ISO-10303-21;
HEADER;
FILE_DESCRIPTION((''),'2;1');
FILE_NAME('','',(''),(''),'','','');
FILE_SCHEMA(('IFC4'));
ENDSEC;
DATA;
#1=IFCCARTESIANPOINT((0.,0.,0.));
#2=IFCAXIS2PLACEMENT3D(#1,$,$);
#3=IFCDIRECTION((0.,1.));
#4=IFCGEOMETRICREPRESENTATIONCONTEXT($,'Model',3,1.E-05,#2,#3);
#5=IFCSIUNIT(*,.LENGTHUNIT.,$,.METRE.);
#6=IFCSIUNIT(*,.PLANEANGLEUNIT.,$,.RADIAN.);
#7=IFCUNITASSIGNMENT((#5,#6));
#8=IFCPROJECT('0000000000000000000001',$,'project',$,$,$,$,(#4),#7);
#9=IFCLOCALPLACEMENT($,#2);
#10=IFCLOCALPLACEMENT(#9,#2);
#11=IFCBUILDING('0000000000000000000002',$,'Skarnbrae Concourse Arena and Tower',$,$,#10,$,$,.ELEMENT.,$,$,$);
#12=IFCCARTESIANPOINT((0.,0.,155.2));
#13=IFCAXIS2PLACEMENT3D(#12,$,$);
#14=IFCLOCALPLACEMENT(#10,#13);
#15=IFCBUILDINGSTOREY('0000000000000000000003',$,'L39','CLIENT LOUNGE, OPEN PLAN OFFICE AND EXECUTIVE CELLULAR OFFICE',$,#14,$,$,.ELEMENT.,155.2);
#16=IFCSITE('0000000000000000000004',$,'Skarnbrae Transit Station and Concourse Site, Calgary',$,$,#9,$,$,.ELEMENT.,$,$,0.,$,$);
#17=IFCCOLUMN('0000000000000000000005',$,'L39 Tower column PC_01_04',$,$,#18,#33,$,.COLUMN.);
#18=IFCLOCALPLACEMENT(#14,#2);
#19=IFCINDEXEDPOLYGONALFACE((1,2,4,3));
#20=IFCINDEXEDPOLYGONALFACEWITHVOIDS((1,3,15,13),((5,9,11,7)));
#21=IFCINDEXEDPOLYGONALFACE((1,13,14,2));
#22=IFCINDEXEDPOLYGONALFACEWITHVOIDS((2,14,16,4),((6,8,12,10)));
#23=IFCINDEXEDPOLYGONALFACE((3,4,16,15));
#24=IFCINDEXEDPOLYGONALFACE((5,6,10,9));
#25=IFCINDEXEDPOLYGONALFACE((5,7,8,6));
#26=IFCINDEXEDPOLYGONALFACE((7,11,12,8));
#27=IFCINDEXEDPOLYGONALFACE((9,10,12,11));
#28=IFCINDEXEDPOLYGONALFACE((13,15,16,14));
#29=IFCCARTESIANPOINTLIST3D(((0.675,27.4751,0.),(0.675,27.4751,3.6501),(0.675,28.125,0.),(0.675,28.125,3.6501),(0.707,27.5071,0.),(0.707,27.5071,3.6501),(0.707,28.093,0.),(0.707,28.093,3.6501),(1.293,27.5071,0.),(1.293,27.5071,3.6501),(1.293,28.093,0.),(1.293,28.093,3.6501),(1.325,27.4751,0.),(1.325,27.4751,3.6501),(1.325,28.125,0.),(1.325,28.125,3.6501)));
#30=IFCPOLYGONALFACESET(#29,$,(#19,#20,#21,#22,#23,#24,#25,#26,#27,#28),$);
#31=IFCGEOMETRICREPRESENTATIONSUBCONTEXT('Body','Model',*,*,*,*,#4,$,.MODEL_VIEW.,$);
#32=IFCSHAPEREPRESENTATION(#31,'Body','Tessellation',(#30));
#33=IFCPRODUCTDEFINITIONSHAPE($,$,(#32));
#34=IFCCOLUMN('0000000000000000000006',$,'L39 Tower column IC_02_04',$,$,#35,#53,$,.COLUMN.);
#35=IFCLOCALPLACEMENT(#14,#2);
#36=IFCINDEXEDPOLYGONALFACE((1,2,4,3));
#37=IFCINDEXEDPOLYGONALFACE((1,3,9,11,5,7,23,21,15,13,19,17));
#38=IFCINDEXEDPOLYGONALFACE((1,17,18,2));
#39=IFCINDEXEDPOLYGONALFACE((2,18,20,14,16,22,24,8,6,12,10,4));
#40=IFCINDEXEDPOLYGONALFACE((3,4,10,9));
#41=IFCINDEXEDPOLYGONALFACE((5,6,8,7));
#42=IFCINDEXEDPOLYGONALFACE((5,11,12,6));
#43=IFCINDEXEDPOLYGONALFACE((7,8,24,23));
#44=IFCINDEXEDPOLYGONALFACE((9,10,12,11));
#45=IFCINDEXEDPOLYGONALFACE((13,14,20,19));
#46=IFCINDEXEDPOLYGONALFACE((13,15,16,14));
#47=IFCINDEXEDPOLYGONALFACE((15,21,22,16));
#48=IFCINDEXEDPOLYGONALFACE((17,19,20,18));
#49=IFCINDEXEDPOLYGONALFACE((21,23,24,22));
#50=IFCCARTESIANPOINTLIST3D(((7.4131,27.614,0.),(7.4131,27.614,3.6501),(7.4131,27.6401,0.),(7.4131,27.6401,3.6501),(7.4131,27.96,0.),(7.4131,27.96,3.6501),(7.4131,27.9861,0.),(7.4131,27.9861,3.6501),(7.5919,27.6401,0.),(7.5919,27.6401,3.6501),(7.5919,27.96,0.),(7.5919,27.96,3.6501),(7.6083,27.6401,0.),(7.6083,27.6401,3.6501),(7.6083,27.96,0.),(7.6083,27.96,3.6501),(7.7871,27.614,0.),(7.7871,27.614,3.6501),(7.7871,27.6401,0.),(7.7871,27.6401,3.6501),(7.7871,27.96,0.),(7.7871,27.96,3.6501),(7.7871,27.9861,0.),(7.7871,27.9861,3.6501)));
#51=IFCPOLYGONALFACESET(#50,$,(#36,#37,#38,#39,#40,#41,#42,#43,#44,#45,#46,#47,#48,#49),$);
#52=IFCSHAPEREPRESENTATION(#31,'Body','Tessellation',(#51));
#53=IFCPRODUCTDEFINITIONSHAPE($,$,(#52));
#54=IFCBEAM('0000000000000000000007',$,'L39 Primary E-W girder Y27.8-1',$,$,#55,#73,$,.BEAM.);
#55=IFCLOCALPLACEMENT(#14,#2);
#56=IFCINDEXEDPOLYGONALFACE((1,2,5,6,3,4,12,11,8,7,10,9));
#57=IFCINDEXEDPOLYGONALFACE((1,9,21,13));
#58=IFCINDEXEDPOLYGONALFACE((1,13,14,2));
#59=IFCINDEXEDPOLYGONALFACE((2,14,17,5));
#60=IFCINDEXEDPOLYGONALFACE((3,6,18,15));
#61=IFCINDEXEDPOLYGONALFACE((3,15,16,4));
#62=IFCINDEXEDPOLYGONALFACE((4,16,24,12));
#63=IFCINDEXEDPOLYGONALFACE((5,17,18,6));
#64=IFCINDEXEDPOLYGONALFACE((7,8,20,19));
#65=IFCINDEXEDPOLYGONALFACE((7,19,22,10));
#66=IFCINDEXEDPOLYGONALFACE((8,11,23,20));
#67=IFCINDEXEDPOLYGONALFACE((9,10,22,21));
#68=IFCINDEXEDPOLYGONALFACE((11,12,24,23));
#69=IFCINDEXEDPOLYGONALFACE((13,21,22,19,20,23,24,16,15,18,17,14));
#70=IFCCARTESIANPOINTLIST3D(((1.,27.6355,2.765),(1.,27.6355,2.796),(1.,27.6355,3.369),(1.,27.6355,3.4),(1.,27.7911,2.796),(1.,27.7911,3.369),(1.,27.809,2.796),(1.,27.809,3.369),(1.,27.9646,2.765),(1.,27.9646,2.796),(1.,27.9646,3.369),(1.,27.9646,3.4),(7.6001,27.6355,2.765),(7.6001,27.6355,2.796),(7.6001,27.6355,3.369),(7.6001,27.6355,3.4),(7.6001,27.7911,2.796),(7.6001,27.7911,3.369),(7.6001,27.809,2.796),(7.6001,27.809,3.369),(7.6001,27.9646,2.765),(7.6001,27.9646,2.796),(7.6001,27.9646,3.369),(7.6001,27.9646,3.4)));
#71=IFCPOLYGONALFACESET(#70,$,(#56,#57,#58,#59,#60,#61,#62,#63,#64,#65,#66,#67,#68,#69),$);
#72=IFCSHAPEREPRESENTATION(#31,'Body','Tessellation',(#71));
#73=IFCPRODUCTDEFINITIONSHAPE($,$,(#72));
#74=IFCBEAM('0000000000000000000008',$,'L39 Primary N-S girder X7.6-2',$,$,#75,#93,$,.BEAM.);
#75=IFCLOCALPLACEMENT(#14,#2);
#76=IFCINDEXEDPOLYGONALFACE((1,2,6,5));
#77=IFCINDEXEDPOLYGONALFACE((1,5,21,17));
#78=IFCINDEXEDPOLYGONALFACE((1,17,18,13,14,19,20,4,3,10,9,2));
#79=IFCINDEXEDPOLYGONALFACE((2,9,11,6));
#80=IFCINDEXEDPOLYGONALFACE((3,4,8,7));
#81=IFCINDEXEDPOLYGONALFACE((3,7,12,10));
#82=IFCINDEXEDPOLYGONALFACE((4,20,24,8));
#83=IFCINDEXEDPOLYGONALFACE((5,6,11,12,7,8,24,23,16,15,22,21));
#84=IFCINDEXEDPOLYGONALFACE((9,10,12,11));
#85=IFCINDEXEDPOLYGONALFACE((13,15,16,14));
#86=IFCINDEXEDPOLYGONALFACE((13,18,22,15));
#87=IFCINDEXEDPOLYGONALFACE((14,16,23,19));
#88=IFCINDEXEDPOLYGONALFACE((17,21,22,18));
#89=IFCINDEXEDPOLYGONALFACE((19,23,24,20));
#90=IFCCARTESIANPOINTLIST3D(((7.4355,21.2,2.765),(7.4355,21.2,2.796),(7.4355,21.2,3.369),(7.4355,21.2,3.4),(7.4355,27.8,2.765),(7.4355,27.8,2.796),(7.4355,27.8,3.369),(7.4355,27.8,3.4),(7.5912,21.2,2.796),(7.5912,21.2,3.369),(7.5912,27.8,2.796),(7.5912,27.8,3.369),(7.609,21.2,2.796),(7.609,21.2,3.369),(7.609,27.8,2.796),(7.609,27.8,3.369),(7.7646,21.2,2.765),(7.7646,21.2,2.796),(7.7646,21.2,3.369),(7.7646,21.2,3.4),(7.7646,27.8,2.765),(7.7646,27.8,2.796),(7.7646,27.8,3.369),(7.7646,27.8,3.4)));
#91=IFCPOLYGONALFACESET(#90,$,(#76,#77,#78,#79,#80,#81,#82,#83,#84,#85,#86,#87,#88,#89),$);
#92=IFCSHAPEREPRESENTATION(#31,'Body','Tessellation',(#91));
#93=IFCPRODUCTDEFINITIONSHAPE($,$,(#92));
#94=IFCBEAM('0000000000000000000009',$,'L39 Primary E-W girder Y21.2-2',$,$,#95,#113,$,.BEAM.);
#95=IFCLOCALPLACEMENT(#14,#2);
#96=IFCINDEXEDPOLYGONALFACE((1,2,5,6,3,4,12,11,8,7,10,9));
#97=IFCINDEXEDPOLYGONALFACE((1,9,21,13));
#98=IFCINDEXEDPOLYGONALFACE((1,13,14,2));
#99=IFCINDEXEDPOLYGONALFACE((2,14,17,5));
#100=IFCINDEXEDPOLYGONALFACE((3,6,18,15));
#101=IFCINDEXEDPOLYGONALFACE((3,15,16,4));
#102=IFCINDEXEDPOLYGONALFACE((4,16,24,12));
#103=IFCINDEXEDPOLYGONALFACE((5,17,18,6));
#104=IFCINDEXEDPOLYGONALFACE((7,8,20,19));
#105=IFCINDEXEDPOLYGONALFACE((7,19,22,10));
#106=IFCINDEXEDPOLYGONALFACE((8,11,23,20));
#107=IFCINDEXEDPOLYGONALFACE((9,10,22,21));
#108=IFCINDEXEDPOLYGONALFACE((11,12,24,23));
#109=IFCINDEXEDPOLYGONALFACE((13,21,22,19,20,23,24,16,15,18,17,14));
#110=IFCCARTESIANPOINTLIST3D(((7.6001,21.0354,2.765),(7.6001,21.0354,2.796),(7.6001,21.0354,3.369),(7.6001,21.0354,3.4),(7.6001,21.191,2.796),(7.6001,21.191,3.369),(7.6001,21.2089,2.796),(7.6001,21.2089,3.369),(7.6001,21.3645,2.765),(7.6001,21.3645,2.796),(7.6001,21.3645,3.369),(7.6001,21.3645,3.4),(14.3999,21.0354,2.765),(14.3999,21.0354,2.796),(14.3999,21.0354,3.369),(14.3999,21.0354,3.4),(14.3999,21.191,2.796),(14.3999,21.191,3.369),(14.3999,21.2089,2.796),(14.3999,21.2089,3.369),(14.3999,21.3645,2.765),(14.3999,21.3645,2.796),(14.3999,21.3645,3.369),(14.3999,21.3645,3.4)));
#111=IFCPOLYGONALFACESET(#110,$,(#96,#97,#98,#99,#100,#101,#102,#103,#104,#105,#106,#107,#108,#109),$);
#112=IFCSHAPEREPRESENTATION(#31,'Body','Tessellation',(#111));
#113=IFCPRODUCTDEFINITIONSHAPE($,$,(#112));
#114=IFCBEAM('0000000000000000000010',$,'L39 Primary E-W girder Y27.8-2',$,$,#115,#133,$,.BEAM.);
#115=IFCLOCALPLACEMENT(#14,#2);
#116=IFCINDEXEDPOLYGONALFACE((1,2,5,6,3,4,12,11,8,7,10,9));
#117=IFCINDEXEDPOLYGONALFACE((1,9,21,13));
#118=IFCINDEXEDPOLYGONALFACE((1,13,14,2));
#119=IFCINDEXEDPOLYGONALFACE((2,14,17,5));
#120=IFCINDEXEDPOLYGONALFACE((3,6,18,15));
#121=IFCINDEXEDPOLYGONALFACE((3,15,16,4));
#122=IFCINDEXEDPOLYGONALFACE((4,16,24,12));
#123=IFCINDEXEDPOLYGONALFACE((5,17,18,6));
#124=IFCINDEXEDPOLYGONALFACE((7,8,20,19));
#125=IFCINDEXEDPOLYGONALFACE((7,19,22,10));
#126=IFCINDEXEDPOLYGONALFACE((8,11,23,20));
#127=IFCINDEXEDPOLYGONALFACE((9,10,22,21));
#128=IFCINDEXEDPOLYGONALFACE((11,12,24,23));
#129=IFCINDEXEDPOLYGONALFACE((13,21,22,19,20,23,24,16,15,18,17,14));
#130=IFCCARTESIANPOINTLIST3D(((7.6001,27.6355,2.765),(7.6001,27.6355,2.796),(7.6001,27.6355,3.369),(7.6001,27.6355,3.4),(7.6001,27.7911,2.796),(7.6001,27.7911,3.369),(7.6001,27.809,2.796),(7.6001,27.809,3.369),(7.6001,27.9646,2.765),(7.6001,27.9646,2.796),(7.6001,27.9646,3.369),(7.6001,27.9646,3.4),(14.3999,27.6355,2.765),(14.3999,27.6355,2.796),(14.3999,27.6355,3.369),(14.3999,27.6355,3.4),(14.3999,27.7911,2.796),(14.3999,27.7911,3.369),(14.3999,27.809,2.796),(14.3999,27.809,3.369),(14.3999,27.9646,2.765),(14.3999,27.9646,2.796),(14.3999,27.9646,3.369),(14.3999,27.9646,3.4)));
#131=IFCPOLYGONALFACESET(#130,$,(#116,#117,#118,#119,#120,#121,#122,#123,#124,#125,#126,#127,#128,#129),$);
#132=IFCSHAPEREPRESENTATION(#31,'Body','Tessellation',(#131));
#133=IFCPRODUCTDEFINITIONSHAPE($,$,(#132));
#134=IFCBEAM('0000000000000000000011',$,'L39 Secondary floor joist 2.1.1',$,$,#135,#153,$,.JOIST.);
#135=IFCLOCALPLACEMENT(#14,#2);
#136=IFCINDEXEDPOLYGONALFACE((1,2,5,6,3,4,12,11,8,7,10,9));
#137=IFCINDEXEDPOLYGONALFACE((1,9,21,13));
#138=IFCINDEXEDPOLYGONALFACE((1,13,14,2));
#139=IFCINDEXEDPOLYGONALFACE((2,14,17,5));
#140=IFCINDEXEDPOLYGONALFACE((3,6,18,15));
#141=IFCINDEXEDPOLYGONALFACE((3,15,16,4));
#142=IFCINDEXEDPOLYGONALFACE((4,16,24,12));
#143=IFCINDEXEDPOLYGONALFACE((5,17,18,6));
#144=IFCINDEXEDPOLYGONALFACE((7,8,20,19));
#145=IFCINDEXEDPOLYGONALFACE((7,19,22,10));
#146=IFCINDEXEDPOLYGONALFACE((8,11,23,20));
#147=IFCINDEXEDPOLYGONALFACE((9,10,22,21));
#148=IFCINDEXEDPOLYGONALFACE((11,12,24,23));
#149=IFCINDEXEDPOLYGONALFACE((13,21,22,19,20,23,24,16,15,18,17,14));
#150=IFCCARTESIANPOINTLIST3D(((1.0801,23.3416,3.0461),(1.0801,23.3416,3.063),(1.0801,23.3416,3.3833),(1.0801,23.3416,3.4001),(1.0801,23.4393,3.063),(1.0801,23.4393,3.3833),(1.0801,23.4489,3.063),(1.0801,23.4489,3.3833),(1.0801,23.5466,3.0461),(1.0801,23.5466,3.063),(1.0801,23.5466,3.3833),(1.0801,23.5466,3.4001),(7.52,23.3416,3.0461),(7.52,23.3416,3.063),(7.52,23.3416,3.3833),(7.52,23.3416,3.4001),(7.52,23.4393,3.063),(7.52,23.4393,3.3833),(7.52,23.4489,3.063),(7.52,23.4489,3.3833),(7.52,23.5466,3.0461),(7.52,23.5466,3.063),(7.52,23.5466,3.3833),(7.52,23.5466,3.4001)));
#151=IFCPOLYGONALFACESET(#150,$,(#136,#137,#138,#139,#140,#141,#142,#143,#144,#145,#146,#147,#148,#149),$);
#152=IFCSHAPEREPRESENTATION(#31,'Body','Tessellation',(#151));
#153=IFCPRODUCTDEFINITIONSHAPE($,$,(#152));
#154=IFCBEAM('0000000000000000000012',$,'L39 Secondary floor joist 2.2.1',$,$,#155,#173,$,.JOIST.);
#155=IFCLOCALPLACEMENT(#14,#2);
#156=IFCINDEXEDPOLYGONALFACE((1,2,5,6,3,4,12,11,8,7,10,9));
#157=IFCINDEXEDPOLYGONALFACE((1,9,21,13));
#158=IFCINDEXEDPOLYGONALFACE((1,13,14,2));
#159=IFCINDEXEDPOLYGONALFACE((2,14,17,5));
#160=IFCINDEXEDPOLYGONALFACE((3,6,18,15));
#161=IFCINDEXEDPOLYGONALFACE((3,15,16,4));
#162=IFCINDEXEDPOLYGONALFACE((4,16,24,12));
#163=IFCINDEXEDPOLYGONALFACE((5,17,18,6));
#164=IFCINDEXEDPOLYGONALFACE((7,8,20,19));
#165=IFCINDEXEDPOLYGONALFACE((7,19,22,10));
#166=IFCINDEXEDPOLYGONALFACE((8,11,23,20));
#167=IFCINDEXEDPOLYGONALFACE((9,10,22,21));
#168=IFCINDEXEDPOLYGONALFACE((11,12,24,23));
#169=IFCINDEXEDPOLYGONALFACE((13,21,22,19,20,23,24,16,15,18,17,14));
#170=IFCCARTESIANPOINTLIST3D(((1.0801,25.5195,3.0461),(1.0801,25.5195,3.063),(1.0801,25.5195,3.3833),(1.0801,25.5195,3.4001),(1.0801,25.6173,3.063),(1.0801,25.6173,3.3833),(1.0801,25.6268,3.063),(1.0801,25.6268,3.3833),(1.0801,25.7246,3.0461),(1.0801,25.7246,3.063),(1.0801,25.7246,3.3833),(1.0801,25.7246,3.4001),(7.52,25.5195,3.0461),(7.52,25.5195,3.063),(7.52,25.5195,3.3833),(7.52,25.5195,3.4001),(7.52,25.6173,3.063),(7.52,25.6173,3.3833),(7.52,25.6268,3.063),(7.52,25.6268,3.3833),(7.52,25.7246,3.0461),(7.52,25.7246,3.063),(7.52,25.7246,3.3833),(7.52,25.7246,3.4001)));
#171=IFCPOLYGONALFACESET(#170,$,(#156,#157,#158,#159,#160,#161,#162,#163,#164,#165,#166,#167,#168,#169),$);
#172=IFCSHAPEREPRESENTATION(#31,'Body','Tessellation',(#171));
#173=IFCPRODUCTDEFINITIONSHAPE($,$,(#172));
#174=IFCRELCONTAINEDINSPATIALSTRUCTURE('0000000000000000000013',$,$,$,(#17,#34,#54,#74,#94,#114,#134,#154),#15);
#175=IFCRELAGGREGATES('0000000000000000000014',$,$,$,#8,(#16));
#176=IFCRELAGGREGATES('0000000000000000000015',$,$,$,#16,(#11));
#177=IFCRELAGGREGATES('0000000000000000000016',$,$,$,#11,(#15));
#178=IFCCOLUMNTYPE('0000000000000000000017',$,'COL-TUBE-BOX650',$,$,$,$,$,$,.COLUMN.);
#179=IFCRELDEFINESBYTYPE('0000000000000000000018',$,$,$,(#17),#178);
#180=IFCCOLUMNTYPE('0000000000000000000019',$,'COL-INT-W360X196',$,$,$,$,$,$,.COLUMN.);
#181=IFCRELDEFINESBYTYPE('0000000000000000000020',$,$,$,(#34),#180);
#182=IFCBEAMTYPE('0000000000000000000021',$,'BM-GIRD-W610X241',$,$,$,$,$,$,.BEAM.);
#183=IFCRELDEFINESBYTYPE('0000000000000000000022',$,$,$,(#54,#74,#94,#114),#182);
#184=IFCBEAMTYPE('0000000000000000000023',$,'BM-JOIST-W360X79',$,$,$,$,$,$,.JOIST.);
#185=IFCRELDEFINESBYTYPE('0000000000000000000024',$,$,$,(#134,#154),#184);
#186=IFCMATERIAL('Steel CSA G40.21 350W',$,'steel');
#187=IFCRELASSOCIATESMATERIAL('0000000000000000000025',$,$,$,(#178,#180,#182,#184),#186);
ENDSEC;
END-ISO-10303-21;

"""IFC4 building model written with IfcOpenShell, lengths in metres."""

from ifc_helpers import new_model, si_unit, direction, frame, origin, origin_2d, place, context, subcontext, project, spatial, hollow_rectangle, i_section, extrude, source, transform, mapped, material, material_profile, profile_set, type_object, element, save


model = new_model("IFC4")

# Units and contexts
model_context = context("Model", 3, precision=1e-05, world=origin(), true_north=direction((0.0, 1.0)))
body_context = subcontext(model_context, "Body", "Model", "MODEL_VIEW")
ifc_project = project(units=[si_unit("LENGTHUNIT", "METRE"), si_unit("PLANEANGLEUNIT", "RADIAN")], contexts=[model_context])

# Site, building, storey
site_placement = place(None, origin())
site = spatial("IfcSite", under=ifc_project, at=site_placement, Name="Skarnbrae Transit Station and Concourse Site, Calgary", CompositionType="ELEMENT", RefElevation=0.0)
building_placement = place(site_placement, origin())
building = spatial("IfcBuilding", under=site, at=building_placement, Name="Skarnbrae Concourse Arena and Tower", CompositionType="ELEMENT")
storey_placement = place(building_placement, frame((0.0, 0.0, 155.2)))
storey = spatial("IfcBuildingStorey", under=building, at=storey_placement, Name="L39", Description="CLIENT LOUNGE, OPEN PLAN OFFICE AND EXECUTIVE CELLULAR OFFICE", CompositionType="ELEMENT", Elevation=155.2)

# Columns
ifc_material_1 = material(Name="Steel CSA G40.21 350W", Category="steel")
ifc_material_profile_1 = material_profile(ifc_material_1, hollow_rectangle(XDim=0.6499, YDim=0.6499, WallThickness=0.032, at=origin_2d()), Name="BOX650X650X32")
ifc_profile_set_1 = profile_set([ifc_material_profile_1], Name="Steel CSA G40.21 350W")
column_type_1 = type_object("IfcColumnType", Name="COL-TUBE-BOX650", PredefinedType="COLUMN", material=ifc_profile_set_1)
shared_shape_1 = source(origin(), body_context, "Body", "SweptSolid", [
    extrude(hollow_rectangle(XDim=0.6499, YDim=0.6499, WallThickness=0.032, at=origin_2d()), origin(), (0.0, 0.0, 1.0), 3.6501),
])
column_1_placement = place(storey_placement, frame((1.0, 27.8, 0.0), z_axis=(0.0, 0.0, 1.0), x_axis=(1.0, 0.0, 0.0)))
element("IfcColumn", 1, at=column_1_placement, inside=storey, type_object=column_type_1, Name="L39 Tower column PC_01_04", PredefinedType="COLUMN", context=body_context, shape_type="MappedRepresentation", body=[
    mapped(shared_shape_1, transform((0.0, 0.0, 0.0))),
])
ifc_material_profile_2 = material_profile(ifc_material_1, i_section(OverallWidth=0.374, OverallDepth=0.3721, WebThickness=0.0164, FlangeThickness=0.0261, at=origin_2d()), Name="W360X196")
ifc_profile_set_2 = profile_set([ifc_material_profile_2], Name="Steel CSA G40.21 350W")
column_type_2 = type_object("IfcColumnType", Name="COL-INT-W360X196", PredefinedType="COLUMN", material=ifc_profile_set_2)
shared_shape_2 = source(origin(), body_context, "Body", "SweptSolid", [
    extrude(i_section(OverallWidth=0.374, OverallDepth=0.3721, WebThickness=0.0164, FlangeThickness=0.0261, at=origin_2d()), origin(), (0.0, 0.0, 1.0), 3.6501),
])
column_2_placement = place(storey_placement, frame((7.6001, 27.8, 0.0), z_axis=(0.0, 0.0, 1.0), x_axis=(1.0, 0.0, 0.0)))
element("IfcColumn", 2, at=column_2_placement, inside=storey, type_object=column_type_2, Name="L39 Tower column IC_02_04", PredefinedType="COLUMN", context=body_context, shape_type="MappedRepresentation", body=[
    mapped(shared_shape_2, transform((0.0, 0.0, 0.0))),
])

# Beams
ifc_material_profile_3 = material_profile(ifc_material_1, i_section(OverallWidth=0.3291, OverallDepth=0.635, WebThickness=0.0178, FlangeThickness=0.031, at=origin_2d()), Name="W610X241")
ifc_profile_set_3 = profile_set([ifc_material_profile_3], Name="Steel CSA G40.21 350W")
beam_type_1 = type_object("IfcBeamType", Name="BM-GIRD-W610X241", PredefinedType="BEAM", material=ifc_profile_set_3)
shared_shape_3 = source(origin(), body_context, "Body", "SweptSolid", [
    extrude(i_section(OverallWidth=0.3291, OverallDepth=0.635, WebThickness=0.0178, FlangeThickness=0.031, at=origin_2d()), origin(), (0.0, 0.0, 1.0), 6.6001),
])
for number, where, z_axis, x_axis, name in (
    (3, (1.0, 27.8, 3.0825), (1.0, 0.0, 0.0), (0.0, 1.0, 0.0), "L39 Primary E-W girder Y27.8-1"),
    (4, (7.6001, 21.2, 3.0825), (0.0, 1.0, 0.0), (-1.0, 0.0, 0.0), "L39 Primary N-S girder X7.6-2"),
):
    element("IfcBeam", number, at=place(storey_placement, frame(where, z_axis=z_axis, x_axis=x_axis)), inside=storey, type_object=beam_type_1, Name=name, PredefinedType="BEAM", context=body_context, shape_type="MappedRepresentation", body=[
        mapped(shared_shape_3, transform((0.0, 0.0, 0.0))),
    ])
shared_shape_4 = source(origin(), body_context, "Body", "SweptSolid", [
    extrude(i_section(OverallWidth=0.3291, OverallDepth=0.635, WebThickness=0.0178, FlangeThickness=0.031, at=origin_2d()), origin(), (0.0, 0.0, 1.0), 6.7998),
])
for number, where, z_axis, x_axis, name in (
    (5, (7.6001, 21.2, 3.0825), (1.0, 0.0, 0.0), (0.0, 1.0, 0.0), "L39 Primary E-W girder Y21.2-2"),
    (6, (7.6001, 27.8, 3.0825), (1.0, 0.0, 0.0), (0.0, 1.0, 0.0), "L39 Primary E-W girder Y27.8-2"),
):
    element("IfcBeam", number, at=place(storey_placement, frame(where, z_axis=z_axis, x_axis=x_axis)), inside=storey, type_object=beam_type_1, Name=name, PredefinedType="BEAM", context=body_context, shape_type="MappedRepresentation", body=[
        mapped(shared_shape_4, transform((0.0, 0.0, 0.0))),
    ])
ifc_material_profile_4 = material_profile(ifc_material_1, i_section(OverallWidth=0.2051, OverallDepth=0.354, WebThickness=0.0095, FlangeThickness=0.0168, at=origin_2d()), Name="W360X79")
ifc_profile_set_4 = profile_set([ifc_material_profile_4], Name="Steel CSA G40.21 350W")
beam_type_2 = type_object("IfcBeamType", Name="BM-JOIST-W360X79", PredefinedType="JOIST", material=ifc_profile_set_4)
shared_shape_5 = source(origin(), body_context, "Body", "SweptSolid", [
    extrude(i_section(OverallWidth=0.2051, OverallDepth=0.354, WebThickness=0.0095, FlangeThickness=0.0168, at=origin_2d()), origin(), (0.0, 0.0, 1.0), 6.4399),
])
for number, where, z_axis, x_axis, name in (
    (7, (1.0801, 23.4441, 3.2231), (1.0, 0.0, 0.0), (0.0, 1.0, 0.0), "L39 Secondary floor joist 2.1.1"),
    (8, (1.0801, 25.6221, 3.2231), (1.0, 0.0, 0.0), (0.0, 1.0, 0.0), "L39 Secondary floor joist 2.2.1"),
):
    element("IfcBeam", number, at=place(storey_placement, frame(where, z_axis=z_axis, x_axis=x_axis)), inside=storey, type_object=beam_type_2, Name=name, PredefinedType="JOIST", context=body_context, shape_type="MappedRepresentation", body=[
        mapped(shared_shape_5, transform((0.0, 0.0, 0.0))),
    ])

save(model, "model.ifc")
